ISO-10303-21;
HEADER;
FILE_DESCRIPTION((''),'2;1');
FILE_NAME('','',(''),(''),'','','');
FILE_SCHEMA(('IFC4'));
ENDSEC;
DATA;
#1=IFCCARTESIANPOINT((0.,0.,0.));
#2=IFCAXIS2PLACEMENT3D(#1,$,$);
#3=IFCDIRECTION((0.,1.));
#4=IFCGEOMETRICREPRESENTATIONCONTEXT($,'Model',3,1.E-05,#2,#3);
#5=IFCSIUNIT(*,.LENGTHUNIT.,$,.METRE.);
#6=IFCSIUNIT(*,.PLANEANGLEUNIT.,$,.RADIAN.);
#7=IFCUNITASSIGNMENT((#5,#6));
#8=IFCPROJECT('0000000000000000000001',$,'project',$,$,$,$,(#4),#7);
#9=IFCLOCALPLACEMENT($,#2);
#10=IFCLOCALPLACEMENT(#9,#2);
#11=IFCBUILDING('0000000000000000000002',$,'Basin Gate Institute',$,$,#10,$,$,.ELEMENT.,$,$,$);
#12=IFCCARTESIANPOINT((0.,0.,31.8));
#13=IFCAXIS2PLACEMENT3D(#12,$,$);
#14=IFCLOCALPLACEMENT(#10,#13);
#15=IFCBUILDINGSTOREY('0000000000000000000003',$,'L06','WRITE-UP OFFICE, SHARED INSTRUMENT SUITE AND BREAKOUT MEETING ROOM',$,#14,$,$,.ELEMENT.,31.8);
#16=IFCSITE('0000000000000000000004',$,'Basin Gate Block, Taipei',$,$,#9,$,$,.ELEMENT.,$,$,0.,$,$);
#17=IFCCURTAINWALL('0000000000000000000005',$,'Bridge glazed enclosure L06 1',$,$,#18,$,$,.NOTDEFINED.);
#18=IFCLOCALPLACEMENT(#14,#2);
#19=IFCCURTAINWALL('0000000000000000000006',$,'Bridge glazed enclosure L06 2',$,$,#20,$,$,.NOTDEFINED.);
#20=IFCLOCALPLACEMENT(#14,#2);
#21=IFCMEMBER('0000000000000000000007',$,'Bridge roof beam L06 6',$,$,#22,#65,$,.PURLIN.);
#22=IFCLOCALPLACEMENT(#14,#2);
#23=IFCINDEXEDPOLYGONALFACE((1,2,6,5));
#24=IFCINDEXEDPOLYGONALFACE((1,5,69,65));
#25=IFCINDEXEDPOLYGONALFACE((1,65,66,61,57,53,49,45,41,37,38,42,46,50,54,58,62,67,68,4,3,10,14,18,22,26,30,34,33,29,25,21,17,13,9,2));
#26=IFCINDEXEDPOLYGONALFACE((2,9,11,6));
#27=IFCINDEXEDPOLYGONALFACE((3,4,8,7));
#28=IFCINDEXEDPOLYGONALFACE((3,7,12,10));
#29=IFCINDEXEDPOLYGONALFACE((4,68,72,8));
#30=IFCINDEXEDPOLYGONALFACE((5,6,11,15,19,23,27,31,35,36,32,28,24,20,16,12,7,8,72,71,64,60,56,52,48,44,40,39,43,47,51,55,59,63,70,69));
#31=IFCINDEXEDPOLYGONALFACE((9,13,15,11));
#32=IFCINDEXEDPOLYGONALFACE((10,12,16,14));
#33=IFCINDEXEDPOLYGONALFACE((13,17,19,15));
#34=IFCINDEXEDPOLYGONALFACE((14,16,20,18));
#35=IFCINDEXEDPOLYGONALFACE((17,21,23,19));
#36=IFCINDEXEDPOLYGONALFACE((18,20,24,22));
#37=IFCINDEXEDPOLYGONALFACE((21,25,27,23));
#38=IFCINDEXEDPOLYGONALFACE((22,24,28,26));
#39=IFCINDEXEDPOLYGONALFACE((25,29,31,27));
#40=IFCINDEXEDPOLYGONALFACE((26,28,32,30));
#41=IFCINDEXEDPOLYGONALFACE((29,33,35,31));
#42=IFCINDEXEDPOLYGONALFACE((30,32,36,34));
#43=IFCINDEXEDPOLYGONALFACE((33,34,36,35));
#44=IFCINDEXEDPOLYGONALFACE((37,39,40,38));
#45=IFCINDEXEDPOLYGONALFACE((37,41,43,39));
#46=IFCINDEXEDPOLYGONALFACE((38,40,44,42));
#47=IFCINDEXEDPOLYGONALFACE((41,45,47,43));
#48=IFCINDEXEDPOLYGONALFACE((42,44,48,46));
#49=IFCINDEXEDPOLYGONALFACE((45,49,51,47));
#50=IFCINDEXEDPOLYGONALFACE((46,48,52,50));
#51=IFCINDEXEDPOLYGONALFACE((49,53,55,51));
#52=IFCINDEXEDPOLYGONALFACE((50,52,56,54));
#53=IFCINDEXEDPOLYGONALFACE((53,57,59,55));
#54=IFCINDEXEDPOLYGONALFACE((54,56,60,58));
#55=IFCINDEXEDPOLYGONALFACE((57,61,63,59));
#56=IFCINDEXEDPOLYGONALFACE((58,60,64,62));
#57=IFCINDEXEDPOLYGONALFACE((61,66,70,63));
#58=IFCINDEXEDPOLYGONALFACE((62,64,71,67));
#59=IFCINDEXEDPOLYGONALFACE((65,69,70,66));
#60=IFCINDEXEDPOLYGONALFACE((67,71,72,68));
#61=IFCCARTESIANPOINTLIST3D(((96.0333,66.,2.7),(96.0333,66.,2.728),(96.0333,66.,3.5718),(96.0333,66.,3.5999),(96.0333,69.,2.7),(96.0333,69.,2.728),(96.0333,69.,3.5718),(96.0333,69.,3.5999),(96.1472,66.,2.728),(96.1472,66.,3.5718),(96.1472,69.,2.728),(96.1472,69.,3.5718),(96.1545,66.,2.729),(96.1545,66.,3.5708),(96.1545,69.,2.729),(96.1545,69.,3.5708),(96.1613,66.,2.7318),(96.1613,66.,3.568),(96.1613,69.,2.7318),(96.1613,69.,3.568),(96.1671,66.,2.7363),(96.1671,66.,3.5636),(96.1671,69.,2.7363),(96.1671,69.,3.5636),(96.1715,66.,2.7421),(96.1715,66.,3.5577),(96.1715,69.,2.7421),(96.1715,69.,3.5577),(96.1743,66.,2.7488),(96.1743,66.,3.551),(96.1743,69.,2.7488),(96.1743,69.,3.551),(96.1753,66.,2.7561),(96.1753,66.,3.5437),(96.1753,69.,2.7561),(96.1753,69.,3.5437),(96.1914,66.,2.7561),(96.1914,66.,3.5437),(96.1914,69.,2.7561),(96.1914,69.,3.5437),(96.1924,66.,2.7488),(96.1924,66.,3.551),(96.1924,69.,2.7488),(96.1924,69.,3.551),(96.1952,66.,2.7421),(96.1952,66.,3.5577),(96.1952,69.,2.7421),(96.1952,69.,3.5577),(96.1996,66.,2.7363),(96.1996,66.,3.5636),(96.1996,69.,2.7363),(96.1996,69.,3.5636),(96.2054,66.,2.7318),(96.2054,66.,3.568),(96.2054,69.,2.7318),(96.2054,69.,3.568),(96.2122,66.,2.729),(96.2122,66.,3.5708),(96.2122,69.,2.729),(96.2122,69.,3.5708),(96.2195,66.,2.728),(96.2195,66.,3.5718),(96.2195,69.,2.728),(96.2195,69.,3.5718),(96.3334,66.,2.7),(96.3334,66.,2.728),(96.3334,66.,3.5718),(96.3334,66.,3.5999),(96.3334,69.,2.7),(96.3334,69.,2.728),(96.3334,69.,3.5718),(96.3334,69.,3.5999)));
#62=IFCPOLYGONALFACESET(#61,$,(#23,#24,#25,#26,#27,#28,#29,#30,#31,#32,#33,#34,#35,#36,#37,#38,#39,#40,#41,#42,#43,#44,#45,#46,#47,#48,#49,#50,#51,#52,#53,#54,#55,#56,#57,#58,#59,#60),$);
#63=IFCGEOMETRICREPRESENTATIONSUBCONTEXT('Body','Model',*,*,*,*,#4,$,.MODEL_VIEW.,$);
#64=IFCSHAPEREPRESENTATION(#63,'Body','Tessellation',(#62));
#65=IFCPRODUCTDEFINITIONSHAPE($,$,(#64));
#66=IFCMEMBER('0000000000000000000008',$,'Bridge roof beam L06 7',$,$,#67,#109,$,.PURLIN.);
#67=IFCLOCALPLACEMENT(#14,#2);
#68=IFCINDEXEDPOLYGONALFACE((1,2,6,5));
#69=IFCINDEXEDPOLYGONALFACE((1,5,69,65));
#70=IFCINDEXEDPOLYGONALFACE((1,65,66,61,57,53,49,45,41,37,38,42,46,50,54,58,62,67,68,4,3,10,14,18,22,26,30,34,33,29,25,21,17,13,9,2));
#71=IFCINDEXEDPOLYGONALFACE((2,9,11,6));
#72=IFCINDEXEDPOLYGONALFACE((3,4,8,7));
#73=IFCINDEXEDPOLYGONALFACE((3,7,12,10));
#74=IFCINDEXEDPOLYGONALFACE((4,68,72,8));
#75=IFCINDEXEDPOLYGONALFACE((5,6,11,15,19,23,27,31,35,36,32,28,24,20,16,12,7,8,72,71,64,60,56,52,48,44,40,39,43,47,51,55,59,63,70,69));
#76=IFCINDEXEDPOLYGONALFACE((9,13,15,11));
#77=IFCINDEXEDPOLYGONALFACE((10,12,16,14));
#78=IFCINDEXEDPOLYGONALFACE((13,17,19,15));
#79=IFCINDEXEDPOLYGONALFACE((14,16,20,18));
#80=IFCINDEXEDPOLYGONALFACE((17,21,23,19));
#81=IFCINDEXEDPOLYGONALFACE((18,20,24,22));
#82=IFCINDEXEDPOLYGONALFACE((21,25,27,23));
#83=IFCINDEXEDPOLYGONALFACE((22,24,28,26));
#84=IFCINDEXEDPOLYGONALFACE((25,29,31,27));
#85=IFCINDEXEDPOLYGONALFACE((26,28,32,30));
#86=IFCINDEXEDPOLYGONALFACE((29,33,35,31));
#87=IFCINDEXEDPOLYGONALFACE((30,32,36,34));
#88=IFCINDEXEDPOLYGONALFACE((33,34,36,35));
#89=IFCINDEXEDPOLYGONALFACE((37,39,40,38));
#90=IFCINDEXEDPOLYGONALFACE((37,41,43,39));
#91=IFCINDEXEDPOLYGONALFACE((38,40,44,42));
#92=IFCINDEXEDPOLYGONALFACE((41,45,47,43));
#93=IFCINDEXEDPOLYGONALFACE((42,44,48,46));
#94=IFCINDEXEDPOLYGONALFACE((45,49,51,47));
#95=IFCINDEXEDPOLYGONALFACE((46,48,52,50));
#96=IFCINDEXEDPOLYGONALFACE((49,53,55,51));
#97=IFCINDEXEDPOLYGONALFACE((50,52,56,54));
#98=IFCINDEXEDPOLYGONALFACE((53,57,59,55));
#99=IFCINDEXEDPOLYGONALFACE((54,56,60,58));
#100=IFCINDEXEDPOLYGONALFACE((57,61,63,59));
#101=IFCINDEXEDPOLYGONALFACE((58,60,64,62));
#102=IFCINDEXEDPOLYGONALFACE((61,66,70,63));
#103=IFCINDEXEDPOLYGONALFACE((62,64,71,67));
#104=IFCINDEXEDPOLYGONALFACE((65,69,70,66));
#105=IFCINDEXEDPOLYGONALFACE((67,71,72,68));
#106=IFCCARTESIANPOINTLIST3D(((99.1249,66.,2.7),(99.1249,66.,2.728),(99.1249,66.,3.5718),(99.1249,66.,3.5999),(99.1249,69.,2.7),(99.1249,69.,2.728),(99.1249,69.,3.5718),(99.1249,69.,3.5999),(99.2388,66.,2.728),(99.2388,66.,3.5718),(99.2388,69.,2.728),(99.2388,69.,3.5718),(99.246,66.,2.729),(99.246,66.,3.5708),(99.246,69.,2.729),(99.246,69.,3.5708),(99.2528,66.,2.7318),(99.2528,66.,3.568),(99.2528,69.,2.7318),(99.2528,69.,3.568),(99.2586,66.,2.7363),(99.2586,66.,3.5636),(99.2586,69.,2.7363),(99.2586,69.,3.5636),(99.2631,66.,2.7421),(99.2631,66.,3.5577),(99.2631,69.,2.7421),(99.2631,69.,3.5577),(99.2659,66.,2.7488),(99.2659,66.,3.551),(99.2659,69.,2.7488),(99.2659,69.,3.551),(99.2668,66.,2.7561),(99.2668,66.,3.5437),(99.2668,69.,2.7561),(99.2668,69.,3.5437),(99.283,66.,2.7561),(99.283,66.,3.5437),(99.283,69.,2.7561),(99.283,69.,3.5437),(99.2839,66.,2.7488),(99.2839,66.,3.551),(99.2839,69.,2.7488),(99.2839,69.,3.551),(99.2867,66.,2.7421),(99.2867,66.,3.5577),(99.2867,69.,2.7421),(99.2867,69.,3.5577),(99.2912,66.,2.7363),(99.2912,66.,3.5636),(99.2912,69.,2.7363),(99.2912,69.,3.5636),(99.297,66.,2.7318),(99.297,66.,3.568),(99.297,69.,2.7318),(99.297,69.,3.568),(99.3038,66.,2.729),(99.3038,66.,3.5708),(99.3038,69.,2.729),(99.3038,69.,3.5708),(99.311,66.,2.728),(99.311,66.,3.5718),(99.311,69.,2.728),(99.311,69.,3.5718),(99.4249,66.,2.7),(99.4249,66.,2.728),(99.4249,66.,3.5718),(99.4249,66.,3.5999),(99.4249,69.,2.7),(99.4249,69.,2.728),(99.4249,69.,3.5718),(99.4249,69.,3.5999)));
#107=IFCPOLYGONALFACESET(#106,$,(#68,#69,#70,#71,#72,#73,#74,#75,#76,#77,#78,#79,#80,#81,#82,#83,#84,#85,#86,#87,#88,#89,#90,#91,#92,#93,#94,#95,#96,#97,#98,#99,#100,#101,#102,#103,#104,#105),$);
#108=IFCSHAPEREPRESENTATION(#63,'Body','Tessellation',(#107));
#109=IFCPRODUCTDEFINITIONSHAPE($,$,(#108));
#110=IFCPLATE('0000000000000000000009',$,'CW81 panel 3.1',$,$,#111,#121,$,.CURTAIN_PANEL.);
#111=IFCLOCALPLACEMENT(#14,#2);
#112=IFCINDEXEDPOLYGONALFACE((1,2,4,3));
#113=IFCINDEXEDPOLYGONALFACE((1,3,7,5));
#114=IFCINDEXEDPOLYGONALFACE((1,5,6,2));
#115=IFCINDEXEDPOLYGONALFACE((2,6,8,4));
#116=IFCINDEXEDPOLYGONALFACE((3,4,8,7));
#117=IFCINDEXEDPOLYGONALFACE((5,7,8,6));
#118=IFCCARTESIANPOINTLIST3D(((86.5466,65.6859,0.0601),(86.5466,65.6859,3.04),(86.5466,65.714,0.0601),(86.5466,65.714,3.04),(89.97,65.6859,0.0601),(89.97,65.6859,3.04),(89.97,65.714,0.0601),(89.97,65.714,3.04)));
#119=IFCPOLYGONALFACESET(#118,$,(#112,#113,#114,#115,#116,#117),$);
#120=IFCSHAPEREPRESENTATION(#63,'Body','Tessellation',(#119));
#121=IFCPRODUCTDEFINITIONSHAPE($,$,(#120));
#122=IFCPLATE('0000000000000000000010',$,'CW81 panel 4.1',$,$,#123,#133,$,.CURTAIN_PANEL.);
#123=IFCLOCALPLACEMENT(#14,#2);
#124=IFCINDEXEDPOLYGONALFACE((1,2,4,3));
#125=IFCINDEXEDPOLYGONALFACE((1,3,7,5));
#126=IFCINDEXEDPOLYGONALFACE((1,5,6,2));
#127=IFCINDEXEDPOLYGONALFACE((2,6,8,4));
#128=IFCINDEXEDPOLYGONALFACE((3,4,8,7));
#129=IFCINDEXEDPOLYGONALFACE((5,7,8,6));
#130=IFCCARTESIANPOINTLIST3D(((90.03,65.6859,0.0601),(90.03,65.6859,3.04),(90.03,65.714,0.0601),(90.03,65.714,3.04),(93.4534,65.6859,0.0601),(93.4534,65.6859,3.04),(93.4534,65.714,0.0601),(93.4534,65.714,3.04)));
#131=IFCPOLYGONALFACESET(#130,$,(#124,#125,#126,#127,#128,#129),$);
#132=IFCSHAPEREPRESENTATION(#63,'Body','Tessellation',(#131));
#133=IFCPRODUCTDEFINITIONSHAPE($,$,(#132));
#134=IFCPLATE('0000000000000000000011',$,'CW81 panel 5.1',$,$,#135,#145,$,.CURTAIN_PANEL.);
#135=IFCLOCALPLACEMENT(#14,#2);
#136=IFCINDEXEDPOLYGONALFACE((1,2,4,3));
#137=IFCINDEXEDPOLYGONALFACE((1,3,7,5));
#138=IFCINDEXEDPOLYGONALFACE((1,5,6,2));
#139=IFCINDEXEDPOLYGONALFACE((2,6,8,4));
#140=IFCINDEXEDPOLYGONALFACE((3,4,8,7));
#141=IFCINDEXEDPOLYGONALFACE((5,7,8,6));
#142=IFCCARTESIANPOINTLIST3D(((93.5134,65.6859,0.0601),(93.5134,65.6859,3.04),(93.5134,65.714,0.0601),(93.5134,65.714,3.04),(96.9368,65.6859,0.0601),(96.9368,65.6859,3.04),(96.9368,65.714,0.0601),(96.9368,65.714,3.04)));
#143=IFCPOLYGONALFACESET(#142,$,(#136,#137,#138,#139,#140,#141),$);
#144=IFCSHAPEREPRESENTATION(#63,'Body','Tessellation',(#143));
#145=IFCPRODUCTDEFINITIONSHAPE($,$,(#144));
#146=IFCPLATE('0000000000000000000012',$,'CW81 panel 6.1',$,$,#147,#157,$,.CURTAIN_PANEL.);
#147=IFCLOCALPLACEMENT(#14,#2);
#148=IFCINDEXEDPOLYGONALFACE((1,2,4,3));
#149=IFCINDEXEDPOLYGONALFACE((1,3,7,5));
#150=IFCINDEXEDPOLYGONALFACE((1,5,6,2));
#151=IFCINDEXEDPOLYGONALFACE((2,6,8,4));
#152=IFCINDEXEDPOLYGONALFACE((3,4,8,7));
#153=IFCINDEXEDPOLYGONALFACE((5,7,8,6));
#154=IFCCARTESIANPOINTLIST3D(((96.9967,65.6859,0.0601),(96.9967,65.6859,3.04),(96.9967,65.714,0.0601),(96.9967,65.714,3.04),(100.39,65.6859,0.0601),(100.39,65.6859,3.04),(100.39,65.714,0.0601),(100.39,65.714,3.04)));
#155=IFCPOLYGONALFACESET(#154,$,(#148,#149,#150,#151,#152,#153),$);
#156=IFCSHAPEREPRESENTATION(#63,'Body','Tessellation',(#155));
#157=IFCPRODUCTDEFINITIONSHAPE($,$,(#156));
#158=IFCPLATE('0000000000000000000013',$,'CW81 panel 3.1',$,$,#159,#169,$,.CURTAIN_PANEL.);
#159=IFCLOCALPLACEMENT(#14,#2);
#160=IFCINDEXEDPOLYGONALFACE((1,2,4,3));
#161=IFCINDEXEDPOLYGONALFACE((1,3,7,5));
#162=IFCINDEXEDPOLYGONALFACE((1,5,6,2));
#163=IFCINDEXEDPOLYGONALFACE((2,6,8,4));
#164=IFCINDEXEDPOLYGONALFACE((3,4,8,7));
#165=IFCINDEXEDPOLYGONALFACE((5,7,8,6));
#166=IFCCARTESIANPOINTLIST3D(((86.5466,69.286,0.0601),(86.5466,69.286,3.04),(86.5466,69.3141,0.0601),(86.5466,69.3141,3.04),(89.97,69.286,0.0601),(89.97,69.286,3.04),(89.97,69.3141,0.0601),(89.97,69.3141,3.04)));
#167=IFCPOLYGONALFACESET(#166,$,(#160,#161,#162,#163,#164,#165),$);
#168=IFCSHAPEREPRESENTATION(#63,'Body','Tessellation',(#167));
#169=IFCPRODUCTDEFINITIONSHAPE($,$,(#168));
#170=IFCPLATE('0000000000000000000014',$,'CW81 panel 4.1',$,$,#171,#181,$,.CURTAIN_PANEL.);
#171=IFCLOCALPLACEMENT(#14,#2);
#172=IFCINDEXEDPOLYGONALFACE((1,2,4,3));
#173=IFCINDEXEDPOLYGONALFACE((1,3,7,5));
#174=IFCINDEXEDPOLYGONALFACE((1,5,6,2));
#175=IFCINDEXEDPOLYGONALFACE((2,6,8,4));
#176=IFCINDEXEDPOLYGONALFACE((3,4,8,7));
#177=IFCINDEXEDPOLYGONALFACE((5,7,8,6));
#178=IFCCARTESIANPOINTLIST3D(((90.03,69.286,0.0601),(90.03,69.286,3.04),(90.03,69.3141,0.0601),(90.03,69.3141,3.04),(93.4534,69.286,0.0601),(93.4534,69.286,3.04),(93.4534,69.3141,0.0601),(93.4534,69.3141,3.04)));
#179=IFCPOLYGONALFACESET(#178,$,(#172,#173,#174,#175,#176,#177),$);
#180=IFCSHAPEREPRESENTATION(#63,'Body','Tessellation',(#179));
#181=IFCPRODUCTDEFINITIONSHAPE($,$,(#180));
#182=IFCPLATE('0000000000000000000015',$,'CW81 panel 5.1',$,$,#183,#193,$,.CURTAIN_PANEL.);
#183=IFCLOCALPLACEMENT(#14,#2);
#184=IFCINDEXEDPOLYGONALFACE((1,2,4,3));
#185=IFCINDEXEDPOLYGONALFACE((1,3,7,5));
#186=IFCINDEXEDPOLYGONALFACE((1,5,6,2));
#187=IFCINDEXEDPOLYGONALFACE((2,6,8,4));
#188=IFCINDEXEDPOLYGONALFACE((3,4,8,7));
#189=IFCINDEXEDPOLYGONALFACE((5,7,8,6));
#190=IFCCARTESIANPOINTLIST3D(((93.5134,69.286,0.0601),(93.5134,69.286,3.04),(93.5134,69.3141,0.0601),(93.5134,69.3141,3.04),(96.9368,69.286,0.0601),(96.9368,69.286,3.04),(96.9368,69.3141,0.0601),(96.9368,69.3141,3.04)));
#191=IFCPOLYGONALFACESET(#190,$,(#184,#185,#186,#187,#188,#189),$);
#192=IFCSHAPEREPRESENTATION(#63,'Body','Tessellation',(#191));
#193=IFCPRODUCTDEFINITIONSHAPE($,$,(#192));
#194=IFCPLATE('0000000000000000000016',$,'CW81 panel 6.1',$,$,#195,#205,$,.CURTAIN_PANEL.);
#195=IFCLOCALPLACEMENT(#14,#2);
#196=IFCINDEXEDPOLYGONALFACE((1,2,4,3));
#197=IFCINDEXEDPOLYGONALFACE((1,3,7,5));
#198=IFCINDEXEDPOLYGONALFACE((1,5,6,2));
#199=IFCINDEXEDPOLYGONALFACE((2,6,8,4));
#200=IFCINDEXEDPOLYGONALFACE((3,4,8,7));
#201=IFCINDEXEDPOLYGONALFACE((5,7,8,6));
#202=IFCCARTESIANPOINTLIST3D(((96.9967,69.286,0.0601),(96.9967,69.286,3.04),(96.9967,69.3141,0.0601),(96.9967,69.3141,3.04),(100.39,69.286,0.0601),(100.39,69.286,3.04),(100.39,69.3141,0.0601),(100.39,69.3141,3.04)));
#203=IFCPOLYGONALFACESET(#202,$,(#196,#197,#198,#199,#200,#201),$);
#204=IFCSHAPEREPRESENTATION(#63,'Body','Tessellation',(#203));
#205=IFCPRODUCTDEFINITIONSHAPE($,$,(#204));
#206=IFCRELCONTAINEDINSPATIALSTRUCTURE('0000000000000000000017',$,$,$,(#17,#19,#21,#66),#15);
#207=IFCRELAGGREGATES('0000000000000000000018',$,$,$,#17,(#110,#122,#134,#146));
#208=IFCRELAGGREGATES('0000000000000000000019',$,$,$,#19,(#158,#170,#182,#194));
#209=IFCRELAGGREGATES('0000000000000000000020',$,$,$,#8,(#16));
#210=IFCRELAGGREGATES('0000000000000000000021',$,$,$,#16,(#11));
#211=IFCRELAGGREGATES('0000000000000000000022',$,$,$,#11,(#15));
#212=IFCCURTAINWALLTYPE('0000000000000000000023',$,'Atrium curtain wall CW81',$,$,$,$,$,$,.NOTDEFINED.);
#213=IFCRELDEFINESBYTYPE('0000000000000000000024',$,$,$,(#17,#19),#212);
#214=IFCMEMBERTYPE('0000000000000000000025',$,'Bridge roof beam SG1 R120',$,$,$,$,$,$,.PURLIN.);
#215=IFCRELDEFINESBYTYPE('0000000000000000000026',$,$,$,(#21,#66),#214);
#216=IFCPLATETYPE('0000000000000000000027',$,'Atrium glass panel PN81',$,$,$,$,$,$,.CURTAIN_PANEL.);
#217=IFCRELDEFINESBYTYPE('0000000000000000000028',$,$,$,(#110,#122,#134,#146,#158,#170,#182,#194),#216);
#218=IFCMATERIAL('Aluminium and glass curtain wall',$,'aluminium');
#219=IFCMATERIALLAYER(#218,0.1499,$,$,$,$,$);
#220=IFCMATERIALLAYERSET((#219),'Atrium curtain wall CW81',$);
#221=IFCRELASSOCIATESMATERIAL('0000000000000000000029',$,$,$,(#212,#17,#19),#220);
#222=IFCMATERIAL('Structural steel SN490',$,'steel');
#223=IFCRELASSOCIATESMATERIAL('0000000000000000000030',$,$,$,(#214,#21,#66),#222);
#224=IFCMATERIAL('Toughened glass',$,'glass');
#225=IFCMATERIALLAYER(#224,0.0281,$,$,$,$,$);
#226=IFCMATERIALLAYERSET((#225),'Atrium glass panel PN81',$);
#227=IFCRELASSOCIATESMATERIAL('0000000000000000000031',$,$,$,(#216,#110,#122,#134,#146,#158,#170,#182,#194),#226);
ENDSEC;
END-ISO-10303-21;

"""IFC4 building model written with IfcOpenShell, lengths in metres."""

from ifc_helpers import new_model, si_unit, direction, frame, origin, origin_2d, place, context, subcontext, project, spatial, rectangle, i_section, extrude, material, layer, layer_set, material_profile, profile_set, type_object, element, aggregate, save


model = new_model("IFC4")

# Units and contexts
model_context = context("Model", 3, precision=1e-05, world=origin(), true_north=direction((0.0, 1.0)))
body_context = subcontext(model_context, "Body", "Model", "MODEL_VIEW")
ifc_project = project(units=[si_unit("LENGTHUNIT", "METRE"), si_unit("PLANEANGLEUNIT", "RADIAN")], contexts=[model_context])

# Site, building, storey
site_placement = place(None, origin())
site = spatial("IfcSite", under=ifc_project, at=site_placement, Name="Basin Gate Block, Taipei", CompositionType="ELEMENT", RefElevation=0.0)
building_placement = place(site_placement, origin())
building = spatial("IfcBuilding", under=site, at=building_placement, Name="Basin Gate Institute", CompositionType="ELEMENT")
storey_placement = place(building_placement, frame((0.0, 0.0, 31.8)))
storey = spatial("IfcBuildingStorey", under=building, at=storey_placement, Name="L06", Description="WRITE-UP OFFICE, SHARED INSTRUMENT SUITE AND BREAKOUT MEETING ROOM", CompositionType="ELEMENT", Elevation=31.8)

# Curtain walls
ifc_material_1 = material(Name="Aluminium and glass curtain wall", Category="aluminium")
ifc_layer_1 = layer(ifc_material_1, 0.1499)
ifc_layer_set_1 = layer_set([ifc_layer_1], Name="Atrium curtain wall CW81")
curtain_wall_type = type_object("IfcCurtainWallType", Name="Atrium curtain wall CW81", PredefinedType="NOTDEFINED", material=ifc_layer_set_1)
curtain_wall_1_placement = place(storey_placement, origin())
curtain_wall_1 = element("IfcCurtainWall", 1, at=curtain_wall_1_placement, inside=storey, type_object=curtain_wall_type, material=ifc_layer_set_1, Name="Bridge glazed enclosure L06 1", PredefinedType="NOTDEFINED")
curtain_wall_2_placement = place(storey_placement, origin())
curtain_wall_2 = element("IfcCurtainWall", 2, at=curtain_wall_2_placement, inside=storey, type_object=curtain_wall_type, material=ifc_layer_set_1, Name="Bridge glazed enclosure L06 2", PredefinedType="NOTDEFINED")

# Members
ifc_material_2 = material(Name="Structural steel SN490", Category="steel")
ifc_material_profile_1 = material_profile(ifc_material_2, i_section(OverallWidth=0.3, OverallDepth=0.8999, WebThickness=0.0161, FlangeThickness=0.0281, FilletRadius=0.0281, at=origin_2d()), Name="H900x300")
ifc_profile_set_1 = profile_set([ifc_material_profile_1], Name="Structural steel SN490")
member_type_1 = type_object("IfcMemberType", Name="Bridge roof beam SG1 R120", PredefinedType="PURLIN", material=ifc_profile_set_1)
for number, where, z_axis, x_axis, name in (
    (3, (96.1833, 66.0, 3.1499), (0.0, 1.0, 0.0), (-1.0, 0.0, 0.0), "Bridge roof beam L06 6"),
    (4, (99.2749, 66.0, 3.1499), (0.0, 1.0, 0.0), (-1.0, 0.0, 0.0), "Bridge roof beam L06 7"),
):
    element("IfcMember", number, at=place(storey_placement, frame(where, z_axis=z_axis, x_axis=x_axis)), inside=storey, type_object=member_type_1, material=ifc_profile_set_1, Name=name, PredefinedType="PURLIN", context=body_context, shape_type="SweptSolid", body=[
        extrude(i_section(OverallWidth=0.3, OverallDepth=0.8999, WebThickness=0.0161, FlangeThickness=0.0281, FilletRadius=0.0281, at=origin_2d()), origin(), (0.0, 0.0, 1.0), 3.0),
    ])

# Plates
ifc_material_3 = material(Name="Toughened glass", Category="glass")
ifc_layer_2 = layer(ifc_material_3, 0.0281)
ifc_layer_set_2 = layer_set([ifc_layer_2], Name="Atrium glass panel PN81")
plate_type = type_object("IfcPlateType", Name="Atrium glass panel PN81", PredefinedType="CURTAIN_PANEL", material=ifc_layer_set_2)
plate_1_placement = place(storey_placement, frame((88.2583, 65.7, 0.0601), z_axis=(0.0, 0.0, 1.0), x_axis=(1.0, 0.0, 0.0)))
plate_1 = element("IfcPlate", 5, at=plate_1_placement, type_object=plate_type, material=ifc_layer_set_2, Name="CW81 panel 3.1", PredefinedType="CURTAIN_PANEL", context=body_context, shape_type="SweptSolid", body=[
    extrude(rectangle(XDim=3.4233, YDim=0.0281, at=origin_2d()), origin(), (0.0, 0.0, 1.0), 2.98),
])
plate_2_placement = place(storey_placement, frame((91.7417, 65.7, 0.0601), z_axis=(0.0, 0.0, 1.0), x_axis=(1.0, 0.0, 0.0)))
plate_2 = element("IfcPlate", 6, at=plate_2_placement, type_object=plate_type, material=ifc_layer_set_2, Name="CW81 panel 4.1", PredefinedType="CURTAIN_PANEL", context=body_context, shape_type="SweptSolid", body=[
    extrude(rectangle(XDim=3.4233, YDim=0.0281, at=origin_2d()), origin(), (0.0, 0.0, 1.0), 2.98),
])
plate_3_placement = place(storey_placement, frame((95.2251, 65.7, 0.0601), z_axis=(0.0, 0.0, 1.0), x_axis=(1.0, 0.0, 0.0)))
plate_3 = element("IfcPlate", 7, at=plate_3_placement, type_object=plate_type, material=ifc_layer_set_2, Name="CW81 panel 5.1", PredefinedType="CURTAIN_PANEL", context=body_context, shape_type="SweptSolid", body=[
    extrude(rectangle(XDim=3.4233, YDim=0.0281, at=origin_2d()), origin(), (0.0, 0.0, 1.0), 2.98),
])
plate_4_placement = place(storey_placement, frame((98.6934, 65.7, 0.0601), z_axis=(0.0, 0.0, 1.0), x_axis=(1.0, 0.0, 0.0)))
plate_4 = element("IfcPlate", 8, at=plate_4_placement, type_object=plate_type, material=ifc_layer_set_2, Name="CW81 panel 6.1", PredefinedType="CURTAIN_PANEL", context=body_context, shape_type="SweptSolid", body=[
    extrude(rectangle(XDim=3.3933, YDim=0.0281, at=origin_2d()), origin(), (0.0, 0.0, 1.0), 2.98),
])
aggregate(curtain_wall_1, [plate_1, plate_2, plate_3, plate_4])
plate_5_placement = place(storey_placement, frame((88.2583, 69.3, 0.0601), z_axis=(0.0, 0.0, 1.0), x_axis=(1.0, 0.0, 0.0)))
plate_5 = element("IfcPlate", 9, at=plate_5_placement, type_object=plate_type, material=ifc_layer_set_2, Name="CW81 panel 3.1", PredefinedType="CURTAIN_PANEL", context=body_context, shape_type="SweptSolid", body=[
    extrude(rectangle(XDim=3.4233, YDim=0.0281, at=origin_2d()), origin(), (0.0, 0.0, 1.0), 2.98),
])
plate_6_placement = place(storey_placement, frame((91.7417, 69.3, 0.0601), z_axis=(0.0, 0.0, 1.0), x_axis=(1.0, 0.0, 0.0)))
plate_6 = element("IfcPlate", 10, at=plate_6_placement, type_object=plate_type, material=ifc_layer_set_2, Name="CW81 panel 4.1", PredefinedType="CURTAIN_PANEL", context=body_context, shape_type="SweptSolid", body=[
    extrude(rectangle(XDim=3.4233, YDim=0.0281, at=origin_2d()), origin(), (0.0, 0.0, 1.0), 2.98),
])
plate_7_placement = place(storey_placement, frame((95.2251, 69.3, 0.0601), z_axis=(0.0, 0.0, 1.0), x_axis=(1.0, 0.0, 0.0)))
plate_7 = element("IfcPlate", 11, at=plate_7_placement, type_object=plate_type, material=ifc_layer_set_2, Name="CW81 panel 5.1", PredefinedType="CURTAIN_PANEL", context=body_context, shape_type="SweptSolid", body=[
    extrude(rectangle(XDim=3.4233, YDim=0.0281, at=origin_2d()), origin(), (0.0, 0.0, 1.0), 2.98),
])
plate_8_placement = place(storey_placement, frame((98.6934, 69.3, 0.0601), z_axis=(0.0, 0.0, 1.0), x_axis=(1.0, 0.0, 0.0)))
plate_8 = element("IfcPlate", 12, at=plate_8_placement, type_object=plate_type, material=ifc_layer_set_2, Name="CW81 panel 6.1", PredefinedType="CURTAIN_PANEL", context=body_context, shape_type="SweptSolid", body=[
    extrude(rectangle(XDim=3.3933, YDim=0.0281, at=origin_2d()), origin(), (0.0, 0.0, 1.0), 2.98),
])
aggregate(curtain_wall_2, [plate_5, plate_6, plate_7, plate_8])

save(model, "model.ifc")
